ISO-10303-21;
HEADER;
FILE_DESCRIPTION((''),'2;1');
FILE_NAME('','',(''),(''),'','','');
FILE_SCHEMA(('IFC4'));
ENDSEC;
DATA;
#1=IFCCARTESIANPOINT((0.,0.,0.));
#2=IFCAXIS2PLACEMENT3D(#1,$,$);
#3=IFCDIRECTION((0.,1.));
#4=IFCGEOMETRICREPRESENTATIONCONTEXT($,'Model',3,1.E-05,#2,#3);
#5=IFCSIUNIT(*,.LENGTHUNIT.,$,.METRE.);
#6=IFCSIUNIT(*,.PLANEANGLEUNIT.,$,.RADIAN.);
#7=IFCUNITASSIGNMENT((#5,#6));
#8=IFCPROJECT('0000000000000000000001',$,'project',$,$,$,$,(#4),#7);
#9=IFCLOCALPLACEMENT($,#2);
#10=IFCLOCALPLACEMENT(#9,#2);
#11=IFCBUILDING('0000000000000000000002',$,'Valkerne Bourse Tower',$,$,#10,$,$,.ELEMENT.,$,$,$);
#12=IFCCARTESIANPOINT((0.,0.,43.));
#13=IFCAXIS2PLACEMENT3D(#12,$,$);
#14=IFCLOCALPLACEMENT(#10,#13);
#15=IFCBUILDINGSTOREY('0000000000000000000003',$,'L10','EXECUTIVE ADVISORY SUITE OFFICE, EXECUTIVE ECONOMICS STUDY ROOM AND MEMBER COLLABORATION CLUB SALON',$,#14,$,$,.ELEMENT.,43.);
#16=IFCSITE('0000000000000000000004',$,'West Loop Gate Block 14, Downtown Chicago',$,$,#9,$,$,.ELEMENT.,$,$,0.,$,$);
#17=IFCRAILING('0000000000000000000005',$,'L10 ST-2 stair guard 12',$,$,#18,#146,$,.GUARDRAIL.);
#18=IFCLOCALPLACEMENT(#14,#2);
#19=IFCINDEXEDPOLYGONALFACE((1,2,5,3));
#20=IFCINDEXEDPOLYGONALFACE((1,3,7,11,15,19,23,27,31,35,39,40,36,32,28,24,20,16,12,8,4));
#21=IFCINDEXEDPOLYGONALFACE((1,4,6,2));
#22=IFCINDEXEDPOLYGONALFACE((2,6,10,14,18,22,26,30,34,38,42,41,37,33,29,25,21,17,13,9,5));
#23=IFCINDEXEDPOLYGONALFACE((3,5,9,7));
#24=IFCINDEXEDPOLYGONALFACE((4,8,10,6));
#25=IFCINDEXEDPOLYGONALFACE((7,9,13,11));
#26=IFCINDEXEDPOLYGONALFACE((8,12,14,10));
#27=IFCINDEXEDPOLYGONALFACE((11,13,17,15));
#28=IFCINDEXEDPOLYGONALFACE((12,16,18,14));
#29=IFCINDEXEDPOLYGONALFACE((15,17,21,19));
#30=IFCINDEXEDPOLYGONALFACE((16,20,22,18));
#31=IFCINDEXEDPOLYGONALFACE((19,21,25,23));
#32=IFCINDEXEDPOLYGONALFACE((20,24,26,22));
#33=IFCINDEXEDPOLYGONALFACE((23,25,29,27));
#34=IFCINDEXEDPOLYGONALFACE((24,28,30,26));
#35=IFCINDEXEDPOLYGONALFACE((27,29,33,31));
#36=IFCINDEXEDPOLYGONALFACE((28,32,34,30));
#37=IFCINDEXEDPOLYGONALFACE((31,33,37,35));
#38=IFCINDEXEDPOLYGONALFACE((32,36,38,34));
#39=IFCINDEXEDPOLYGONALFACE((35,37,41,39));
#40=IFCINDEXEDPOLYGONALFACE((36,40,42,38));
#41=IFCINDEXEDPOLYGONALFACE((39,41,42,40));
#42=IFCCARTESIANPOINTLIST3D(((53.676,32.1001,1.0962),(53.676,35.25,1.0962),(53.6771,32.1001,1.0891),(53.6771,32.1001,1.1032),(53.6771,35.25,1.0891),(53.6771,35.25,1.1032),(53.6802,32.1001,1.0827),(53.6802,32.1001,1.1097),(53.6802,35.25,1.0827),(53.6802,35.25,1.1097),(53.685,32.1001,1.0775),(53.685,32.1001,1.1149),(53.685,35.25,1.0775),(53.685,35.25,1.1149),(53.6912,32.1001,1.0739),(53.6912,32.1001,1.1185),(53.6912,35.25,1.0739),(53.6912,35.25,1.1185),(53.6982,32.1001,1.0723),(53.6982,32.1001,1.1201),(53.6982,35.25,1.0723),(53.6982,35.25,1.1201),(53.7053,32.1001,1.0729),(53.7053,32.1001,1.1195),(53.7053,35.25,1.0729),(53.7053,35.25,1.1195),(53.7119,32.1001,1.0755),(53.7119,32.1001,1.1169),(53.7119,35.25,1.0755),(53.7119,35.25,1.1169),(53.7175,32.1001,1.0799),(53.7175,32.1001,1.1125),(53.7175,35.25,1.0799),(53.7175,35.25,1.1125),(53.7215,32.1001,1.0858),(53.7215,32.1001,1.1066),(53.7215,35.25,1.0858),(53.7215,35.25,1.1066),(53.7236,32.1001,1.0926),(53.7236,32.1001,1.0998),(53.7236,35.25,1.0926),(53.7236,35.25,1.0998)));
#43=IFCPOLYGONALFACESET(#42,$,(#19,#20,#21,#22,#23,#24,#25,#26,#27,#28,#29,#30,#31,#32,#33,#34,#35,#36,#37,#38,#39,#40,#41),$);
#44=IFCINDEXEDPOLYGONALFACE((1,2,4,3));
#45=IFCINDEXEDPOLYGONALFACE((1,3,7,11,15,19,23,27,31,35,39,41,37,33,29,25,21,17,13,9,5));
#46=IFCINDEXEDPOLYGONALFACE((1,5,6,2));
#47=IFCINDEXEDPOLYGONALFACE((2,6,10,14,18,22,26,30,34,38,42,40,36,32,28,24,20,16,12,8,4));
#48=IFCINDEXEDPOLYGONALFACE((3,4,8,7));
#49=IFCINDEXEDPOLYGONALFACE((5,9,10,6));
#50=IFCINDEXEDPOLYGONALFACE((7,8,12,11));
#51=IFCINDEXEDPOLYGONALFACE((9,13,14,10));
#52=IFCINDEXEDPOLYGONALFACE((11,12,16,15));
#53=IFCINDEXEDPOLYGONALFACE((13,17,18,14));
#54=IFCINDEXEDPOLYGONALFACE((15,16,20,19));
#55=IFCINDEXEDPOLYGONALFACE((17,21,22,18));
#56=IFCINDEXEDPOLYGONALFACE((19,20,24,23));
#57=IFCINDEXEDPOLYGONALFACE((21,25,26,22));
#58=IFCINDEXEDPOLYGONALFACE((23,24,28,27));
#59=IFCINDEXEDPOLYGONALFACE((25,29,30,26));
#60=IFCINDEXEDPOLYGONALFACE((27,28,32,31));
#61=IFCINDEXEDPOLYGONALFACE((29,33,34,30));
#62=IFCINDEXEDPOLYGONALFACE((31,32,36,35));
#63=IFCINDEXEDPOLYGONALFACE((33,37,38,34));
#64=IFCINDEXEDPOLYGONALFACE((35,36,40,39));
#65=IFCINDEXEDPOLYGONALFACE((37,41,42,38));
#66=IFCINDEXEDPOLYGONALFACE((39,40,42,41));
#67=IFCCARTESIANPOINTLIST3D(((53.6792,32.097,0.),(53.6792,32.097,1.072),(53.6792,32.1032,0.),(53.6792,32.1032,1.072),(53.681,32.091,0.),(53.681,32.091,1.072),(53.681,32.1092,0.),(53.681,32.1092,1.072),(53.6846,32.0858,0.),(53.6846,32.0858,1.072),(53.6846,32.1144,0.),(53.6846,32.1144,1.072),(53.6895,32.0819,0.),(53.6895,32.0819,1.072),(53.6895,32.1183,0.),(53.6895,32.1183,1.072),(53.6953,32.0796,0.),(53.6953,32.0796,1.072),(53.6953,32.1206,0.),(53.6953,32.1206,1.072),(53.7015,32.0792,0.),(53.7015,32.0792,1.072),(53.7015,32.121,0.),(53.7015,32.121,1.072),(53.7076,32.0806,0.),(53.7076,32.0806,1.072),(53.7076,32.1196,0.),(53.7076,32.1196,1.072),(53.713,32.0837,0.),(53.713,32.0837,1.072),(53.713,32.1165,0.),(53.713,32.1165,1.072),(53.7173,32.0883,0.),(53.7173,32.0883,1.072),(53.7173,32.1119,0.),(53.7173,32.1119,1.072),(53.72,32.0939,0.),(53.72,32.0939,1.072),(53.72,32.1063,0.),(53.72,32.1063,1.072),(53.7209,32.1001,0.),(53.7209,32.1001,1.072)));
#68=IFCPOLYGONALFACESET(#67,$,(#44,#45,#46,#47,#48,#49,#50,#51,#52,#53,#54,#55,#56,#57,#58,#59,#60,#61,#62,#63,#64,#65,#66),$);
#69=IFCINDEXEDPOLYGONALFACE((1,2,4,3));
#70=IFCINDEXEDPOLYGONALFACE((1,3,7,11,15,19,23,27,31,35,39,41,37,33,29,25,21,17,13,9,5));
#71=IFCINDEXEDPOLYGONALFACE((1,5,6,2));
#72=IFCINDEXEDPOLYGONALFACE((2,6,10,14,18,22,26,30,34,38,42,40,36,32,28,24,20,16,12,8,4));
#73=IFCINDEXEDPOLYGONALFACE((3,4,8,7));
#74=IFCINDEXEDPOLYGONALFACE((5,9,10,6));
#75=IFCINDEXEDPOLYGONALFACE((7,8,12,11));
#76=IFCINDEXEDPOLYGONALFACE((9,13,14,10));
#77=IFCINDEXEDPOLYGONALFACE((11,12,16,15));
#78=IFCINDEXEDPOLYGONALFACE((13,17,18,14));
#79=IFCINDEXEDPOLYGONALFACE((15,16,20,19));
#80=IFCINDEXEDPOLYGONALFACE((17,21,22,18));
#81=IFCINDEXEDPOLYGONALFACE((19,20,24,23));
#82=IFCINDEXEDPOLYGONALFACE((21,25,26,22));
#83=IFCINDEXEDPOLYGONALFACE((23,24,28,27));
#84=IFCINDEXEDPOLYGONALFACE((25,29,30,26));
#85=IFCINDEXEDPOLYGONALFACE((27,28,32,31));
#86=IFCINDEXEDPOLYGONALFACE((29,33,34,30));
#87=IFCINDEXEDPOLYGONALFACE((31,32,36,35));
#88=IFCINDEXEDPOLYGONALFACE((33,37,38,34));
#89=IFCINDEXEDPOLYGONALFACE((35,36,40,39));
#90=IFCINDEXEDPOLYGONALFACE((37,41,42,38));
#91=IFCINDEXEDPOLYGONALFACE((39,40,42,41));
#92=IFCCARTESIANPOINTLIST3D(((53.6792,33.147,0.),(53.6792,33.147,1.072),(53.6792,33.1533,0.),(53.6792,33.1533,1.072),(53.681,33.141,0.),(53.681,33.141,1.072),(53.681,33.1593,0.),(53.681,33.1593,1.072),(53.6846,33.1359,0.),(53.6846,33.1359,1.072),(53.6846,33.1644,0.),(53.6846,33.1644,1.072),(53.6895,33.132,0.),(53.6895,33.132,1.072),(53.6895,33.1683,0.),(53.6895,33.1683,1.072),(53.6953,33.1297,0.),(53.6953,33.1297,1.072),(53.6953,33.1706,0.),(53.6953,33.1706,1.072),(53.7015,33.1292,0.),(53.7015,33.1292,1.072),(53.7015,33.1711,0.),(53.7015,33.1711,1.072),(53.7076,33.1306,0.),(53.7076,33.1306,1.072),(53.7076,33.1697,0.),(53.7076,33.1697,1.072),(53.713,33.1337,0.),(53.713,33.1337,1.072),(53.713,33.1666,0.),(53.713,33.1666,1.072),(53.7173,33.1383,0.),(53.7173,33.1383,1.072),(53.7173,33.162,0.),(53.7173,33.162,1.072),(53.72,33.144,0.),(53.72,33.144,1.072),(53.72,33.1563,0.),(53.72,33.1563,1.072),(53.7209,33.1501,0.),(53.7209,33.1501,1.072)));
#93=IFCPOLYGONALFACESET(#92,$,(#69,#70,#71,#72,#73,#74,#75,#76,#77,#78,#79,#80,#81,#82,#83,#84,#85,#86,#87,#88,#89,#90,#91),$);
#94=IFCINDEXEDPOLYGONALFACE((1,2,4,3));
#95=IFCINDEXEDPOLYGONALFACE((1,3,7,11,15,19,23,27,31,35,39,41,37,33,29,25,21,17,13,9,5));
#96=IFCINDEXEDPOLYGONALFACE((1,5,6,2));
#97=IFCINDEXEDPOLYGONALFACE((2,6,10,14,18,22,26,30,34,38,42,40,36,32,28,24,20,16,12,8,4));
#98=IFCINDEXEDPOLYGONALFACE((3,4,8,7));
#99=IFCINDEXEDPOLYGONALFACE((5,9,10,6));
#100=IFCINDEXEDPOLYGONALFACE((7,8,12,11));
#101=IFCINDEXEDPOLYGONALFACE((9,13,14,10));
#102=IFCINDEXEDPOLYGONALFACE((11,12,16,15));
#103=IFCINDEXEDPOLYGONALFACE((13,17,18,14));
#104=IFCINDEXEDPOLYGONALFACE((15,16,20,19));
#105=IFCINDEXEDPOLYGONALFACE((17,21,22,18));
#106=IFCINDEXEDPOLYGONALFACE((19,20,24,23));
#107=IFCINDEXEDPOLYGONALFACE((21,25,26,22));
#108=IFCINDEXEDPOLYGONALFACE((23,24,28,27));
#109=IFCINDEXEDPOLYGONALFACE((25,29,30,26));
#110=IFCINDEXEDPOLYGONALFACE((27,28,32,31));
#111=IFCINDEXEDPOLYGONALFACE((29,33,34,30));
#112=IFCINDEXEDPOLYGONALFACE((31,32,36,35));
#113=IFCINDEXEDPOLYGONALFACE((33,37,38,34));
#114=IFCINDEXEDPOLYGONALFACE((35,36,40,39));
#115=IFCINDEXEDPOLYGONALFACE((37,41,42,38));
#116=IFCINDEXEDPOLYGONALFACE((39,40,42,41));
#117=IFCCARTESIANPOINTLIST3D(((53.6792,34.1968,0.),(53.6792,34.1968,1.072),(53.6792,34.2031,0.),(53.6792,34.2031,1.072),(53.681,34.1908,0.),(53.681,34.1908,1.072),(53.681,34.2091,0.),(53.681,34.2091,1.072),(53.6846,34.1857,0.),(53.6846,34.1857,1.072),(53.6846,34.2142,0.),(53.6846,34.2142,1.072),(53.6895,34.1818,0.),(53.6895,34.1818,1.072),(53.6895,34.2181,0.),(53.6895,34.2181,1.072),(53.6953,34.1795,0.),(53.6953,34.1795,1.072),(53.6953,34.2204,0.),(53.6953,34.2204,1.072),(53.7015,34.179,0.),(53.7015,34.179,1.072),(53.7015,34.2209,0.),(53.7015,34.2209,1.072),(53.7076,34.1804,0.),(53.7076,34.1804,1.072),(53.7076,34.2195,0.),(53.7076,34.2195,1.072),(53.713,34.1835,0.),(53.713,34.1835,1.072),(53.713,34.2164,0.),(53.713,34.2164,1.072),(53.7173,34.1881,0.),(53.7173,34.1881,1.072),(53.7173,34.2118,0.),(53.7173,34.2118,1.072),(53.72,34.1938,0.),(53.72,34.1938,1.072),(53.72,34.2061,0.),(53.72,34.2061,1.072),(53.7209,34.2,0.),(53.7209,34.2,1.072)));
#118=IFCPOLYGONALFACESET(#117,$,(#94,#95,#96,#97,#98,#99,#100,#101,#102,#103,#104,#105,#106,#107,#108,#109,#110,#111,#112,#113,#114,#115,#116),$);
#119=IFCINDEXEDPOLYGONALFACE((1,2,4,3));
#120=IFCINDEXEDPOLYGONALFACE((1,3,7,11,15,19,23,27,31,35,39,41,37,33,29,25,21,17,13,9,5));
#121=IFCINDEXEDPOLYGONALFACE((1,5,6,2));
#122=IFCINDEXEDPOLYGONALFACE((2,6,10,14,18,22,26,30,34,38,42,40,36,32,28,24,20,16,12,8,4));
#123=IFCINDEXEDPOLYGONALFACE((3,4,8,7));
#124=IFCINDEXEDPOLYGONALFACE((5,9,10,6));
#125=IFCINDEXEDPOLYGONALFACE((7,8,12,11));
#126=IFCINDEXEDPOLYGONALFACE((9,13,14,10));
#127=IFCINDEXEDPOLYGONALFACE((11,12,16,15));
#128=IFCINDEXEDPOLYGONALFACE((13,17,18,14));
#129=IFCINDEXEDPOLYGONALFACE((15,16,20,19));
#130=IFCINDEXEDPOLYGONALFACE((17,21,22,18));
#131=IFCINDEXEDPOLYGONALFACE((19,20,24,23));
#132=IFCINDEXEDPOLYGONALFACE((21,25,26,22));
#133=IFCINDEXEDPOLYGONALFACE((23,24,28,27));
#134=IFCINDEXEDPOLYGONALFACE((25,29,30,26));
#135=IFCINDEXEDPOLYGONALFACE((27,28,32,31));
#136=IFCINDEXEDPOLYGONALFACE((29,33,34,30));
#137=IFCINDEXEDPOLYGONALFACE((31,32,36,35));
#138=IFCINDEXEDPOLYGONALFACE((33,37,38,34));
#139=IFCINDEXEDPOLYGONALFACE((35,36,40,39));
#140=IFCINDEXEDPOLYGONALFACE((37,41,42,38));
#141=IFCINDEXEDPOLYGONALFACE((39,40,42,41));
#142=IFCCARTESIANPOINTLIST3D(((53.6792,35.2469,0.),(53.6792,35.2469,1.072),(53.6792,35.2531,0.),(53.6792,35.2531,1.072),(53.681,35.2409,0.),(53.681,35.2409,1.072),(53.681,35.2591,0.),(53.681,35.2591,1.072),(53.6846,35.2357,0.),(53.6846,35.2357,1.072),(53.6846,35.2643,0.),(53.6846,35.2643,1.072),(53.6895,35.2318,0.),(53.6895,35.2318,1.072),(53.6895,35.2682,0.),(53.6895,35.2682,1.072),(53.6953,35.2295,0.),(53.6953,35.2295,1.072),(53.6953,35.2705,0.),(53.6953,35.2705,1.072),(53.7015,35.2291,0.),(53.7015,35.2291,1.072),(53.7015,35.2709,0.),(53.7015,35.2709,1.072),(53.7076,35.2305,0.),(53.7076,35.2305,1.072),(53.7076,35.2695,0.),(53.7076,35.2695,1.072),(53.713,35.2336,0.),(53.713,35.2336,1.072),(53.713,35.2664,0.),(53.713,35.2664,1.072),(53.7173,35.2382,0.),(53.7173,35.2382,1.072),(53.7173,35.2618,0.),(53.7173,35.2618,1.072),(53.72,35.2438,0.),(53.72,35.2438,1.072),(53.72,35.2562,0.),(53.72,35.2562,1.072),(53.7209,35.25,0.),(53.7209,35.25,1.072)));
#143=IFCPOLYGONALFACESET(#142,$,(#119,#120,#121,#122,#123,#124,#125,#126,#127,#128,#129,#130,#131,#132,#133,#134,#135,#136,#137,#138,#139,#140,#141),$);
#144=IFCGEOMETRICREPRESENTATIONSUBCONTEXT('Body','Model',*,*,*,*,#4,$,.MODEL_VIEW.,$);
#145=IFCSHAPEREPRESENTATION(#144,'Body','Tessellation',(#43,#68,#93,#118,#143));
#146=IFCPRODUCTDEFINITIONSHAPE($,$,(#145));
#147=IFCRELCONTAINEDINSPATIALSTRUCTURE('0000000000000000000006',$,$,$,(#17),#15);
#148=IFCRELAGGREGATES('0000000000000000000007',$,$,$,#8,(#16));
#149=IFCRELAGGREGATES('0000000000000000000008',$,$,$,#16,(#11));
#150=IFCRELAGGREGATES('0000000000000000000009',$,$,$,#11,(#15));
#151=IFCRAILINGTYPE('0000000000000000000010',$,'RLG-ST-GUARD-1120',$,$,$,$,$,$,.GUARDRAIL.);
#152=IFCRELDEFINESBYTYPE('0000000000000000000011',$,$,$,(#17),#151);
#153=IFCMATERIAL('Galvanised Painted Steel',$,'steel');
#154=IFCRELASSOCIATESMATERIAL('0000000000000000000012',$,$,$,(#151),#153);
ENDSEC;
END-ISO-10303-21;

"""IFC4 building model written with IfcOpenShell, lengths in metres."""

from ifc_helpers import new_model, si_unit, direction, frame, origin, origin_2d, place, context, subcontext, project, spatial, circle, extrude, material, type_object, element, save


model = new_model("IFC4")

# Units and contexts
model_context = context("Model", 3, precision=1e-05, world=origin(), true_north=direction((0.0, 1.0)))
body_context = subcontext(model_context, "Body", "Model", "MODEL_VIEW")
ifc_project = project(units=[si_unit("LENGTHUNIT", "METRE"), si_unit("PLANEANGLEUNIT", "RADIAN")], contexts=[model_context])

# Site, building, storey
site_placement = place(None, origin())
site = spatial("IfcSite", under=ifc_project, at=site_placement, Name="West Loop Gate Block 14, Downtown Chicago", CompositionType="ELEMENT", RefElevation=0.0)
building_placement = place(site_placement, origin())
building = spatial("IfcBuilding", under=site, at=building_placement, Name="Valkerne Bourse Tower", CompositionType="ELEMENT")
storey_placement = place(building_placement, frame((0.0, 0.0, 43.0)))
storey = spatial("IfcBuildingStorey", under=building, at=storey_placement, Name="L10", Description="EXECUTIVE ADVISORY SUITE OFFICE, EXECUTIVE ECONOMICS STUDY ROOM AND MEMBER COLLABORATION CLUB SALON", CompositionType="ELEMENT", Elevation=43.0)

# Railing
ifc_material_1 = material(Name="Galvanised Painted Steel", Category="steel")
railing_type_1 = type_object("IfcRailingType", Name="RLG-ST-GUARD-1120", PredefinedType="GUARDRAIL", material=ifc_material_1)
railing_1_placement = place(storey_placement, frame((53.7, 32.1001, 0.0)))
element("IfcRailing", 1, at=railing_1_placement, inside=storey, type_object=railing_type_1, Name="L10 ST-2 stair guard 12", PredefinedType="GUARDRAIL", context=body_context, shape_type="SweptSolid", body=[
    extrude(circle(Radius=0.0239, at=origin_2d()), frame((0.0, 0.0, 1.0962), z_axis=(0.0, 1.0, 0.0), x_axis=(-1.0, 0.0, 0.0)), (0.0, 0.0, 1.0), 3.1499),
    extrude(circle(Radius=0.021, at=origin_2d()), origin(), (0.0, 0.0, 1.0), 1.072),
    extrude(circle(Radius=0.021, at=origin_2d()), frame((0.0, 1.05, 0.0)), (0.0, 0.0, 1.0), 1.072),
    extrude(circle(Radius=0.021, at=origin_2d()), frame((0.0, 2.0999, 0.0)), (0.0, 0.0, 1.0), 1.072),
    extrude(circle(Radius=0.021, at=origin_2d()), frame((0.0, 3.1499, 0.0)), (0.0, 0.0, 1.0), 1.072),
])

save(model, "model.ifc")
